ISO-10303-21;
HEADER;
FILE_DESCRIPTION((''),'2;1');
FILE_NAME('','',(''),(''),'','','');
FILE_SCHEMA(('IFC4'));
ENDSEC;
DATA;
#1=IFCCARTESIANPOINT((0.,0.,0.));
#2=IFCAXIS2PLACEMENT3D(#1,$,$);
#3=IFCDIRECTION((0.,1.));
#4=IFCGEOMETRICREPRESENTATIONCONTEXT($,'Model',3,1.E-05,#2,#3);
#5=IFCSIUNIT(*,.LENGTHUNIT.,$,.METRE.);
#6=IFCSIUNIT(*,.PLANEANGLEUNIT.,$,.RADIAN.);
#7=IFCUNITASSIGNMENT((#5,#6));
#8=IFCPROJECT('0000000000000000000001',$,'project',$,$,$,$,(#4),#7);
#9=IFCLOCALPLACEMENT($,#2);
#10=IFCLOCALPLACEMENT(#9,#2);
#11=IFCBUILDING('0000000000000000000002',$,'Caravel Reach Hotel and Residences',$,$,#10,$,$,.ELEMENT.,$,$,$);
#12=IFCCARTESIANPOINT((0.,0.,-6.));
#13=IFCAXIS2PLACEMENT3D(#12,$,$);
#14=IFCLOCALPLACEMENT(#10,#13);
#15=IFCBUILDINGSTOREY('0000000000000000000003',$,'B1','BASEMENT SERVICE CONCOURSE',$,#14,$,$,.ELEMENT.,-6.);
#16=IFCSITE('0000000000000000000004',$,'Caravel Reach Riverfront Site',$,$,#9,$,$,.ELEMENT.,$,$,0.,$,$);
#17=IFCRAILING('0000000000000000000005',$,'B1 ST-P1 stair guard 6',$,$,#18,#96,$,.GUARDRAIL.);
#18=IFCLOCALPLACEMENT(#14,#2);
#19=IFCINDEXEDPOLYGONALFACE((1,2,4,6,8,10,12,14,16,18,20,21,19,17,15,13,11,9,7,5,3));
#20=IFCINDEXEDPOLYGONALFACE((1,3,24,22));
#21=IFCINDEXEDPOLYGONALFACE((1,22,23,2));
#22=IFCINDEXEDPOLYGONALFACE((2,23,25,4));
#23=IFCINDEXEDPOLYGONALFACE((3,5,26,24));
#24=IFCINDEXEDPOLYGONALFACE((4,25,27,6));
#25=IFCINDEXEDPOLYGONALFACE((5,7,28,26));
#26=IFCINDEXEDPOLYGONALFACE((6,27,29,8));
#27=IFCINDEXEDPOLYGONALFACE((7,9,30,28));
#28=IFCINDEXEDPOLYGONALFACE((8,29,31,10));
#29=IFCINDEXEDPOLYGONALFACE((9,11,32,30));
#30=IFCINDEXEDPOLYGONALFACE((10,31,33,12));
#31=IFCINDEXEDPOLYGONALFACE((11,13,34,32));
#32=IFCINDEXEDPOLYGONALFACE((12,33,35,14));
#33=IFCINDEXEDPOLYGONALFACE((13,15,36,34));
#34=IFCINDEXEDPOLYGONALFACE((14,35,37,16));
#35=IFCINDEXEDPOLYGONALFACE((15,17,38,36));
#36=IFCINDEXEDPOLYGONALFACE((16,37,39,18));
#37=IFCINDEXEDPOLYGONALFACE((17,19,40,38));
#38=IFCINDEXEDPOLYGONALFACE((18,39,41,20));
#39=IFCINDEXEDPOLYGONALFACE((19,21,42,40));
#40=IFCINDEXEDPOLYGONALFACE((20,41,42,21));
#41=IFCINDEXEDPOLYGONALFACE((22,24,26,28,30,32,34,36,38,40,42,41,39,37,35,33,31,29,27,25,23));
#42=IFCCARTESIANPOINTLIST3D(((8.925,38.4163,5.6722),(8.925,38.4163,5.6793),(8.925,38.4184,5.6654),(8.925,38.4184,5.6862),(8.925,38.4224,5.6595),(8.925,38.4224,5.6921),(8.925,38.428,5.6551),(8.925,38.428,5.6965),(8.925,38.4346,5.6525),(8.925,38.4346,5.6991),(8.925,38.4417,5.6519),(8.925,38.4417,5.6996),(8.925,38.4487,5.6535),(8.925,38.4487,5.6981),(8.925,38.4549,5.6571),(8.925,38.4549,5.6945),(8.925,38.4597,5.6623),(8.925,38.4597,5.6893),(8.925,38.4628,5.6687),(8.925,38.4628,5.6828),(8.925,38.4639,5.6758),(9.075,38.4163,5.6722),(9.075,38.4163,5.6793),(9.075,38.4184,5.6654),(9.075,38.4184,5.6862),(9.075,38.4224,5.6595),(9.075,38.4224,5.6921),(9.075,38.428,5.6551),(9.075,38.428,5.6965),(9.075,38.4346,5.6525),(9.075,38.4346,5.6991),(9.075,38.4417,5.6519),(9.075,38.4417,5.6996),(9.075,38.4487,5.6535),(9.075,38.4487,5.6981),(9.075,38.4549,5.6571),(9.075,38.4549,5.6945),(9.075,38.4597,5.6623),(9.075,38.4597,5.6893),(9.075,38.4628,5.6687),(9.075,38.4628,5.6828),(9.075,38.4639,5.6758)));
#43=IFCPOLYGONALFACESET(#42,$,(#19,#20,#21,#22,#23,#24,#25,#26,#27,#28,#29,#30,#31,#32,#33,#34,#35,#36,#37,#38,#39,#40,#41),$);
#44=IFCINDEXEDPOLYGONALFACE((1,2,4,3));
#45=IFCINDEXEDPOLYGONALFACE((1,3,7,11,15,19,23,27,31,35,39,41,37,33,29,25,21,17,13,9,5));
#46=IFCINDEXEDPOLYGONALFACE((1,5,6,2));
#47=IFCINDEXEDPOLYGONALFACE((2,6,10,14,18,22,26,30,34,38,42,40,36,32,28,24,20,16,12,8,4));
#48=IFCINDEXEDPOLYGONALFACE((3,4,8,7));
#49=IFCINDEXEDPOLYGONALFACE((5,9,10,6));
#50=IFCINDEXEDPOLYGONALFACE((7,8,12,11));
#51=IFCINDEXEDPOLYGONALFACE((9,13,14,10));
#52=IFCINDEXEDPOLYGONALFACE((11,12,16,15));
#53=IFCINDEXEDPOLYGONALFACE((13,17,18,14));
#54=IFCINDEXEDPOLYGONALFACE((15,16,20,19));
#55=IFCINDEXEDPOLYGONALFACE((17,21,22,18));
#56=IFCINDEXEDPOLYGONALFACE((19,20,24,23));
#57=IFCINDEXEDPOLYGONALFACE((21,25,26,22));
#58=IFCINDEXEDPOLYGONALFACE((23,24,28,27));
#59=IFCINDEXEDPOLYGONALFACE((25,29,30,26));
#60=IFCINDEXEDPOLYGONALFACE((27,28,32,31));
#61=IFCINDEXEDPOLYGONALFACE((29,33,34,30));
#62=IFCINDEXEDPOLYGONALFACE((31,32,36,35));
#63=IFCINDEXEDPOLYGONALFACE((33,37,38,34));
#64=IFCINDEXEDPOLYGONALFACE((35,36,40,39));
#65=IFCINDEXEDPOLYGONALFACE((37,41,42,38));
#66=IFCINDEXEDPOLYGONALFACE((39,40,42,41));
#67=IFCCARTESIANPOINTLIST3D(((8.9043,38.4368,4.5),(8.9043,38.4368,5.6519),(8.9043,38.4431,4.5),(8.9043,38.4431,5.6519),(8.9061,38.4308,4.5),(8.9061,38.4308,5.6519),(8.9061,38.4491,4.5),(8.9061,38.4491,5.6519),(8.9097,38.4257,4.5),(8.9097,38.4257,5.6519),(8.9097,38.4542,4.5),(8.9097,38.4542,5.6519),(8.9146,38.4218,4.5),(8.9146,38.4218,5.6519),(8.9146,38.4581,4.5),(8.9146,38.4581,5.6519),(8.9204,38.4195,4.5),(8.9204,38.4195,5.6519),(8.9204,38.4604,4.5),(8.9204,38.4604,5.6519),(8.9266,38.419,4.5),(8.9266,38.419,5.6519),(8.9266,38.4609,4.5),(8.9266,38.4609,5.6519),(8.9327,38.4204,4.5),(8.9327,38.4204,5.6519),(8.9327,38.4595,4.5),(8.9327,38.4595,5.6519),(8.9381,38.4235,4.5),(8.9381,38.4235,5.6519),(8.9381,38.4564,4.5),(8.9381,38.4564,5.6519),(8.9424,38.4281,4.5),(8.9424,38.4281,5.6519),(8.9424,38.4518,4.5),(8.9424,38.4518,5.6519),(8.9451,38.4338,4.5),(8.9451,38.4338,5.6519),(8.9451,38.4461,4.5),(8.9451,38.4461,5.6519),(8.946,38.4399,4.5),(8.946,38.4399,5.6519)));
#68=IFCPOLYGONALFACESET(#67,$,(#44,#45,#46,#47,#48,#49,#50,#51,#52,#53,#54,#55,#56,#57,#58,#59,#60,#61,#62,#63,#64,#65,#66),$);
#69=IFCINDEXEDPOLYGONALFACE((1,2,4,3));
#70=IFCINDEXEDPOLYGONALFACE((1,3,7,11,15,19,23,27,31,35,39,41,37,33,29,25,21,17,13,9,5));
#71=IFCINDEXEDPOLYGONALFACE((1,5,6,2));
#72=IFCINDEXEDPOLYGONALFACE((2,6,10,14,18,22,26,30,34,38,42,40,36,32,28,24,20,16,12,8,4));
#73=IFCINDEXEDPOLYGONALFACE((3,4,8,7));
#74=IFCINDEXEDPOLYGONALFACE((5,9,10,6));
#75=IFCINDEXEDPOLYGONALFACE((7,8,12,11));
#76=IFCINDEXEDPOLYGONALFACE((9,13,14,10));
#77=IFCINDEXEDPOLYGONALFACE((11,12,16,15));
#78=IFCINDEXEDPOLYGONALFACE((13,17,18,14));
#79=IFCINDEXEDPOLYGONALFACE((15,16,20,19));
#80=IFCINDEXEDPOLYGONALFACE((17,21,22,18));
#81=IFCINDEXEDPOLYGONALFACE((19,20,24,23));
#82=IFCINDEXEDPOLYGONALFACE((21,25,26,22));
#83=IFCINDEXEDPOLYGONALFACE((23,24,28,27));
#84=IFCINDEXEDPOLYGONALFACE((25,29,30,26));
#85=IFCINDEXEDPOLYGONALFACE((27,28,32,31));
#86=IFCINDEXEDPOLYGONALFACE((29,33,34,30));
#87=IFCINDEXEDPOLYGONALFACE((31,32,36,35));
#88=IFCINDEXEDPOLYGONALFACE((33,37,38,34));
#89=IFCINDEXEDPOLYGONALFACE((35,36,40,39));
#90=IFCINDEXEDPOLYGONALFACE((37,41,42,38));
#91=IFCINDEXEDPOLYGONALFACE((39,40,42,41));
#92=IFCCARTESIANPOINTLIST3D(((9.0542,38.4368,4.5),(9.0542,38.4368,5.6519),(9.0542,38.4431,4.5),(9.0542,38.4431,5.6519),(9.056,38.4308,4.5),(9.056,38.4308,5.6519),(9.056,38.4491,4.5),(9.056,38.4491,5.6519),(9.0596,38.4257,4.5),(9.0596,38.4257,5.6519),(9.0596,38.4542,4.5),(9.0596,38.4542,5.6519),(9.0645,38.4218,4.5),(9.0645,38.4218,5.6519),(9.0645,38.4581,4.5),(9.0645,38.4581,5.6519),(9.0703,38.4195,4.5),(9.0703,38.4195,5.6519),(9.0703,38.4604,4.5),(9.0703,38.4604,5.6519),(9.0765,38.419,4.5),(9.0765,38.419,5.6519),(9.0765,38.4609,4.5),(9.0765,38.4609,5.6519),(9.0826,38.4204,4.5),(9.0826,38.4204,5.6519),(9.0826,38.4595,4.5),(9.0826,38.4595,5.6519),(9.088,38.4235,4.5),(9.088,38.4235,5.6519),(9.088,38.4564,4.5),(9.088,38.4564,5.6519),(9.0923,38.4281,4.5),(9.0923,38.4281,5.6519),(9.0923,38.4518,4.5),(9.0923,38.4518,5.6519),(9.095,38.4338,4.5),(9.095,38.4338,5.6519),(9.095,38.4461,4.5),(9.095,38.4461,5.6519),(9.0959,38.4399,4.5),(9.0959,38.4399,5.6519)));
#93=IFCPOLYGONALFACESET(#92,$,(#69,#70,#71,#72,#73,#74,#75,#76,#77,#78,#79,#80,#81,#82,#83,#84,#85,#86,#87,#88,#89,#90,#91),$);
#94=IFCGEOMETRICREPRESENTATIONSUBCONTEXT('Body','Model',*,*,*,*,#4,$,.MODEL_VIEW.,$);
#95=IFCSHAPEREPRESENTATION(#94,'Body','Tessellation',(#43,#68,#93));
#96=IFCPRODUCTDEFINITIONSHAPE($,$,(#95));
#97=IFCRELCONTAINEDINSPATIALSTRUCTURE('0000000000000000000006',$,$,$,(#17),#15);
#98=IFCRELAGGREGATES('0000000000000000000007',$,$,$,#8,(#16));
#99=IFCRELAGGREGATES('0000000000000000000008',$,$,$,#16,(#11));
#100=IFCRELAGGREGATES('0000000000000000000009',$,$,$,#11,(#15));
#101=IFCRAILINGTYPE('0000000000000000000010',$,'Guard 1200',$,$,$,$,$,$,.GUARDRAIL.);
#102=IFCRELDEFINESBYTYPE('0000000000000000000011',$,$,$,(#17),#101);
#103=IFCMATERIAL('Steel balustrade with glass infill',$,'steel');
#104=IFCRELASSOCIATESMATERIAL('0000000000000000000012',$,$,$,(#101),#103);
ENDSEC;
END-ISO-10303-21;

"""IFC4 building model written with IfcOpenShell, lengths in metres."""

from ifc_helpers import new_model, si_unit, direction, frame, origin, origin_2d, place, context, subcontext, project, spatial, circle, extrude, material, type_object, element, save


model = new_model("IFC4")

# Units and contexts
model_context = context("Model", 3, precision=1e-05, world=origin(), true_north=direction((0.0, 1.0)))
body_context = subcontext(model_context, "Body", "Model", "MODEL_VIEW")
ifc_project = project(units=[si_unit("LENGTHUNIT", "METRE"), si_unit("PLANEANGLEUNIT", "RADIAN")], contexts=[model_context])

# Site, building, storey
site_placement = place(None, origin())
site = spatial("IfcSite", under=ifc_project, at=site_placement, Name="Caravel Reach Riverfront Site", CompositionType="ELEMENT", RefElevation=0.0)
building_placement = place(site_placement, origin())
building = spatial("IfcBuilding", under=site, at=building_placement, Name="Caravel Reach Hotel and Residences", CompositionType="ELEMENT")
storey_placement = place(building_placement, frame((0.0, 0.0, -6.0)))
storey = spatial("IfcBuildingStorey", under=building, at=storey_placement, Name="B1", Description="BASEMENT SERVICE CONCOURSE", CompositionType="ELEMENT", Elevation=-6.0)

# Railing
ifc_material_1 = material(Name="Steel balustrade with glass infill", Category="steel")
railing_type = type_object("IfcRailingType", Name="Guard 1200", PredefinedType="GUARDRAIL", material=ifc_material_1)
railing_1_placement = place(storey_placement, frame((8.925, 38.4399, 4.5)))
element("IfcRailing", 1, at=railing_1_placement, inside=storey, type_object=railing_type, Name="B1 ST-P1 stair guard 6", PredefinedType="GUARDRAIL", context=body_context, shape_type="SweptSolid", body=[
    extrude(circle(Radius=0.0239, at=origin_2d()), frame((0.0, 0.0, 1.1758), z_axis=(1.0, 0.0, 0.0), x_axis=(0.0, 1.0, 0.0)), (0.0, 0.0, 1.0), 0.1499),
    extrude(circle(Radius=0.021, at=origin_2d()), origin(), (0.0, 0.0, 1.0), 1.1519),
    extrude(circle(Radius=0.021, at=origin_2d()), frame((0.1499, 0.0, 0.0)), (0.0, 0.0, 1.0), 1.1519),
])

save(model, "model.ifc")
